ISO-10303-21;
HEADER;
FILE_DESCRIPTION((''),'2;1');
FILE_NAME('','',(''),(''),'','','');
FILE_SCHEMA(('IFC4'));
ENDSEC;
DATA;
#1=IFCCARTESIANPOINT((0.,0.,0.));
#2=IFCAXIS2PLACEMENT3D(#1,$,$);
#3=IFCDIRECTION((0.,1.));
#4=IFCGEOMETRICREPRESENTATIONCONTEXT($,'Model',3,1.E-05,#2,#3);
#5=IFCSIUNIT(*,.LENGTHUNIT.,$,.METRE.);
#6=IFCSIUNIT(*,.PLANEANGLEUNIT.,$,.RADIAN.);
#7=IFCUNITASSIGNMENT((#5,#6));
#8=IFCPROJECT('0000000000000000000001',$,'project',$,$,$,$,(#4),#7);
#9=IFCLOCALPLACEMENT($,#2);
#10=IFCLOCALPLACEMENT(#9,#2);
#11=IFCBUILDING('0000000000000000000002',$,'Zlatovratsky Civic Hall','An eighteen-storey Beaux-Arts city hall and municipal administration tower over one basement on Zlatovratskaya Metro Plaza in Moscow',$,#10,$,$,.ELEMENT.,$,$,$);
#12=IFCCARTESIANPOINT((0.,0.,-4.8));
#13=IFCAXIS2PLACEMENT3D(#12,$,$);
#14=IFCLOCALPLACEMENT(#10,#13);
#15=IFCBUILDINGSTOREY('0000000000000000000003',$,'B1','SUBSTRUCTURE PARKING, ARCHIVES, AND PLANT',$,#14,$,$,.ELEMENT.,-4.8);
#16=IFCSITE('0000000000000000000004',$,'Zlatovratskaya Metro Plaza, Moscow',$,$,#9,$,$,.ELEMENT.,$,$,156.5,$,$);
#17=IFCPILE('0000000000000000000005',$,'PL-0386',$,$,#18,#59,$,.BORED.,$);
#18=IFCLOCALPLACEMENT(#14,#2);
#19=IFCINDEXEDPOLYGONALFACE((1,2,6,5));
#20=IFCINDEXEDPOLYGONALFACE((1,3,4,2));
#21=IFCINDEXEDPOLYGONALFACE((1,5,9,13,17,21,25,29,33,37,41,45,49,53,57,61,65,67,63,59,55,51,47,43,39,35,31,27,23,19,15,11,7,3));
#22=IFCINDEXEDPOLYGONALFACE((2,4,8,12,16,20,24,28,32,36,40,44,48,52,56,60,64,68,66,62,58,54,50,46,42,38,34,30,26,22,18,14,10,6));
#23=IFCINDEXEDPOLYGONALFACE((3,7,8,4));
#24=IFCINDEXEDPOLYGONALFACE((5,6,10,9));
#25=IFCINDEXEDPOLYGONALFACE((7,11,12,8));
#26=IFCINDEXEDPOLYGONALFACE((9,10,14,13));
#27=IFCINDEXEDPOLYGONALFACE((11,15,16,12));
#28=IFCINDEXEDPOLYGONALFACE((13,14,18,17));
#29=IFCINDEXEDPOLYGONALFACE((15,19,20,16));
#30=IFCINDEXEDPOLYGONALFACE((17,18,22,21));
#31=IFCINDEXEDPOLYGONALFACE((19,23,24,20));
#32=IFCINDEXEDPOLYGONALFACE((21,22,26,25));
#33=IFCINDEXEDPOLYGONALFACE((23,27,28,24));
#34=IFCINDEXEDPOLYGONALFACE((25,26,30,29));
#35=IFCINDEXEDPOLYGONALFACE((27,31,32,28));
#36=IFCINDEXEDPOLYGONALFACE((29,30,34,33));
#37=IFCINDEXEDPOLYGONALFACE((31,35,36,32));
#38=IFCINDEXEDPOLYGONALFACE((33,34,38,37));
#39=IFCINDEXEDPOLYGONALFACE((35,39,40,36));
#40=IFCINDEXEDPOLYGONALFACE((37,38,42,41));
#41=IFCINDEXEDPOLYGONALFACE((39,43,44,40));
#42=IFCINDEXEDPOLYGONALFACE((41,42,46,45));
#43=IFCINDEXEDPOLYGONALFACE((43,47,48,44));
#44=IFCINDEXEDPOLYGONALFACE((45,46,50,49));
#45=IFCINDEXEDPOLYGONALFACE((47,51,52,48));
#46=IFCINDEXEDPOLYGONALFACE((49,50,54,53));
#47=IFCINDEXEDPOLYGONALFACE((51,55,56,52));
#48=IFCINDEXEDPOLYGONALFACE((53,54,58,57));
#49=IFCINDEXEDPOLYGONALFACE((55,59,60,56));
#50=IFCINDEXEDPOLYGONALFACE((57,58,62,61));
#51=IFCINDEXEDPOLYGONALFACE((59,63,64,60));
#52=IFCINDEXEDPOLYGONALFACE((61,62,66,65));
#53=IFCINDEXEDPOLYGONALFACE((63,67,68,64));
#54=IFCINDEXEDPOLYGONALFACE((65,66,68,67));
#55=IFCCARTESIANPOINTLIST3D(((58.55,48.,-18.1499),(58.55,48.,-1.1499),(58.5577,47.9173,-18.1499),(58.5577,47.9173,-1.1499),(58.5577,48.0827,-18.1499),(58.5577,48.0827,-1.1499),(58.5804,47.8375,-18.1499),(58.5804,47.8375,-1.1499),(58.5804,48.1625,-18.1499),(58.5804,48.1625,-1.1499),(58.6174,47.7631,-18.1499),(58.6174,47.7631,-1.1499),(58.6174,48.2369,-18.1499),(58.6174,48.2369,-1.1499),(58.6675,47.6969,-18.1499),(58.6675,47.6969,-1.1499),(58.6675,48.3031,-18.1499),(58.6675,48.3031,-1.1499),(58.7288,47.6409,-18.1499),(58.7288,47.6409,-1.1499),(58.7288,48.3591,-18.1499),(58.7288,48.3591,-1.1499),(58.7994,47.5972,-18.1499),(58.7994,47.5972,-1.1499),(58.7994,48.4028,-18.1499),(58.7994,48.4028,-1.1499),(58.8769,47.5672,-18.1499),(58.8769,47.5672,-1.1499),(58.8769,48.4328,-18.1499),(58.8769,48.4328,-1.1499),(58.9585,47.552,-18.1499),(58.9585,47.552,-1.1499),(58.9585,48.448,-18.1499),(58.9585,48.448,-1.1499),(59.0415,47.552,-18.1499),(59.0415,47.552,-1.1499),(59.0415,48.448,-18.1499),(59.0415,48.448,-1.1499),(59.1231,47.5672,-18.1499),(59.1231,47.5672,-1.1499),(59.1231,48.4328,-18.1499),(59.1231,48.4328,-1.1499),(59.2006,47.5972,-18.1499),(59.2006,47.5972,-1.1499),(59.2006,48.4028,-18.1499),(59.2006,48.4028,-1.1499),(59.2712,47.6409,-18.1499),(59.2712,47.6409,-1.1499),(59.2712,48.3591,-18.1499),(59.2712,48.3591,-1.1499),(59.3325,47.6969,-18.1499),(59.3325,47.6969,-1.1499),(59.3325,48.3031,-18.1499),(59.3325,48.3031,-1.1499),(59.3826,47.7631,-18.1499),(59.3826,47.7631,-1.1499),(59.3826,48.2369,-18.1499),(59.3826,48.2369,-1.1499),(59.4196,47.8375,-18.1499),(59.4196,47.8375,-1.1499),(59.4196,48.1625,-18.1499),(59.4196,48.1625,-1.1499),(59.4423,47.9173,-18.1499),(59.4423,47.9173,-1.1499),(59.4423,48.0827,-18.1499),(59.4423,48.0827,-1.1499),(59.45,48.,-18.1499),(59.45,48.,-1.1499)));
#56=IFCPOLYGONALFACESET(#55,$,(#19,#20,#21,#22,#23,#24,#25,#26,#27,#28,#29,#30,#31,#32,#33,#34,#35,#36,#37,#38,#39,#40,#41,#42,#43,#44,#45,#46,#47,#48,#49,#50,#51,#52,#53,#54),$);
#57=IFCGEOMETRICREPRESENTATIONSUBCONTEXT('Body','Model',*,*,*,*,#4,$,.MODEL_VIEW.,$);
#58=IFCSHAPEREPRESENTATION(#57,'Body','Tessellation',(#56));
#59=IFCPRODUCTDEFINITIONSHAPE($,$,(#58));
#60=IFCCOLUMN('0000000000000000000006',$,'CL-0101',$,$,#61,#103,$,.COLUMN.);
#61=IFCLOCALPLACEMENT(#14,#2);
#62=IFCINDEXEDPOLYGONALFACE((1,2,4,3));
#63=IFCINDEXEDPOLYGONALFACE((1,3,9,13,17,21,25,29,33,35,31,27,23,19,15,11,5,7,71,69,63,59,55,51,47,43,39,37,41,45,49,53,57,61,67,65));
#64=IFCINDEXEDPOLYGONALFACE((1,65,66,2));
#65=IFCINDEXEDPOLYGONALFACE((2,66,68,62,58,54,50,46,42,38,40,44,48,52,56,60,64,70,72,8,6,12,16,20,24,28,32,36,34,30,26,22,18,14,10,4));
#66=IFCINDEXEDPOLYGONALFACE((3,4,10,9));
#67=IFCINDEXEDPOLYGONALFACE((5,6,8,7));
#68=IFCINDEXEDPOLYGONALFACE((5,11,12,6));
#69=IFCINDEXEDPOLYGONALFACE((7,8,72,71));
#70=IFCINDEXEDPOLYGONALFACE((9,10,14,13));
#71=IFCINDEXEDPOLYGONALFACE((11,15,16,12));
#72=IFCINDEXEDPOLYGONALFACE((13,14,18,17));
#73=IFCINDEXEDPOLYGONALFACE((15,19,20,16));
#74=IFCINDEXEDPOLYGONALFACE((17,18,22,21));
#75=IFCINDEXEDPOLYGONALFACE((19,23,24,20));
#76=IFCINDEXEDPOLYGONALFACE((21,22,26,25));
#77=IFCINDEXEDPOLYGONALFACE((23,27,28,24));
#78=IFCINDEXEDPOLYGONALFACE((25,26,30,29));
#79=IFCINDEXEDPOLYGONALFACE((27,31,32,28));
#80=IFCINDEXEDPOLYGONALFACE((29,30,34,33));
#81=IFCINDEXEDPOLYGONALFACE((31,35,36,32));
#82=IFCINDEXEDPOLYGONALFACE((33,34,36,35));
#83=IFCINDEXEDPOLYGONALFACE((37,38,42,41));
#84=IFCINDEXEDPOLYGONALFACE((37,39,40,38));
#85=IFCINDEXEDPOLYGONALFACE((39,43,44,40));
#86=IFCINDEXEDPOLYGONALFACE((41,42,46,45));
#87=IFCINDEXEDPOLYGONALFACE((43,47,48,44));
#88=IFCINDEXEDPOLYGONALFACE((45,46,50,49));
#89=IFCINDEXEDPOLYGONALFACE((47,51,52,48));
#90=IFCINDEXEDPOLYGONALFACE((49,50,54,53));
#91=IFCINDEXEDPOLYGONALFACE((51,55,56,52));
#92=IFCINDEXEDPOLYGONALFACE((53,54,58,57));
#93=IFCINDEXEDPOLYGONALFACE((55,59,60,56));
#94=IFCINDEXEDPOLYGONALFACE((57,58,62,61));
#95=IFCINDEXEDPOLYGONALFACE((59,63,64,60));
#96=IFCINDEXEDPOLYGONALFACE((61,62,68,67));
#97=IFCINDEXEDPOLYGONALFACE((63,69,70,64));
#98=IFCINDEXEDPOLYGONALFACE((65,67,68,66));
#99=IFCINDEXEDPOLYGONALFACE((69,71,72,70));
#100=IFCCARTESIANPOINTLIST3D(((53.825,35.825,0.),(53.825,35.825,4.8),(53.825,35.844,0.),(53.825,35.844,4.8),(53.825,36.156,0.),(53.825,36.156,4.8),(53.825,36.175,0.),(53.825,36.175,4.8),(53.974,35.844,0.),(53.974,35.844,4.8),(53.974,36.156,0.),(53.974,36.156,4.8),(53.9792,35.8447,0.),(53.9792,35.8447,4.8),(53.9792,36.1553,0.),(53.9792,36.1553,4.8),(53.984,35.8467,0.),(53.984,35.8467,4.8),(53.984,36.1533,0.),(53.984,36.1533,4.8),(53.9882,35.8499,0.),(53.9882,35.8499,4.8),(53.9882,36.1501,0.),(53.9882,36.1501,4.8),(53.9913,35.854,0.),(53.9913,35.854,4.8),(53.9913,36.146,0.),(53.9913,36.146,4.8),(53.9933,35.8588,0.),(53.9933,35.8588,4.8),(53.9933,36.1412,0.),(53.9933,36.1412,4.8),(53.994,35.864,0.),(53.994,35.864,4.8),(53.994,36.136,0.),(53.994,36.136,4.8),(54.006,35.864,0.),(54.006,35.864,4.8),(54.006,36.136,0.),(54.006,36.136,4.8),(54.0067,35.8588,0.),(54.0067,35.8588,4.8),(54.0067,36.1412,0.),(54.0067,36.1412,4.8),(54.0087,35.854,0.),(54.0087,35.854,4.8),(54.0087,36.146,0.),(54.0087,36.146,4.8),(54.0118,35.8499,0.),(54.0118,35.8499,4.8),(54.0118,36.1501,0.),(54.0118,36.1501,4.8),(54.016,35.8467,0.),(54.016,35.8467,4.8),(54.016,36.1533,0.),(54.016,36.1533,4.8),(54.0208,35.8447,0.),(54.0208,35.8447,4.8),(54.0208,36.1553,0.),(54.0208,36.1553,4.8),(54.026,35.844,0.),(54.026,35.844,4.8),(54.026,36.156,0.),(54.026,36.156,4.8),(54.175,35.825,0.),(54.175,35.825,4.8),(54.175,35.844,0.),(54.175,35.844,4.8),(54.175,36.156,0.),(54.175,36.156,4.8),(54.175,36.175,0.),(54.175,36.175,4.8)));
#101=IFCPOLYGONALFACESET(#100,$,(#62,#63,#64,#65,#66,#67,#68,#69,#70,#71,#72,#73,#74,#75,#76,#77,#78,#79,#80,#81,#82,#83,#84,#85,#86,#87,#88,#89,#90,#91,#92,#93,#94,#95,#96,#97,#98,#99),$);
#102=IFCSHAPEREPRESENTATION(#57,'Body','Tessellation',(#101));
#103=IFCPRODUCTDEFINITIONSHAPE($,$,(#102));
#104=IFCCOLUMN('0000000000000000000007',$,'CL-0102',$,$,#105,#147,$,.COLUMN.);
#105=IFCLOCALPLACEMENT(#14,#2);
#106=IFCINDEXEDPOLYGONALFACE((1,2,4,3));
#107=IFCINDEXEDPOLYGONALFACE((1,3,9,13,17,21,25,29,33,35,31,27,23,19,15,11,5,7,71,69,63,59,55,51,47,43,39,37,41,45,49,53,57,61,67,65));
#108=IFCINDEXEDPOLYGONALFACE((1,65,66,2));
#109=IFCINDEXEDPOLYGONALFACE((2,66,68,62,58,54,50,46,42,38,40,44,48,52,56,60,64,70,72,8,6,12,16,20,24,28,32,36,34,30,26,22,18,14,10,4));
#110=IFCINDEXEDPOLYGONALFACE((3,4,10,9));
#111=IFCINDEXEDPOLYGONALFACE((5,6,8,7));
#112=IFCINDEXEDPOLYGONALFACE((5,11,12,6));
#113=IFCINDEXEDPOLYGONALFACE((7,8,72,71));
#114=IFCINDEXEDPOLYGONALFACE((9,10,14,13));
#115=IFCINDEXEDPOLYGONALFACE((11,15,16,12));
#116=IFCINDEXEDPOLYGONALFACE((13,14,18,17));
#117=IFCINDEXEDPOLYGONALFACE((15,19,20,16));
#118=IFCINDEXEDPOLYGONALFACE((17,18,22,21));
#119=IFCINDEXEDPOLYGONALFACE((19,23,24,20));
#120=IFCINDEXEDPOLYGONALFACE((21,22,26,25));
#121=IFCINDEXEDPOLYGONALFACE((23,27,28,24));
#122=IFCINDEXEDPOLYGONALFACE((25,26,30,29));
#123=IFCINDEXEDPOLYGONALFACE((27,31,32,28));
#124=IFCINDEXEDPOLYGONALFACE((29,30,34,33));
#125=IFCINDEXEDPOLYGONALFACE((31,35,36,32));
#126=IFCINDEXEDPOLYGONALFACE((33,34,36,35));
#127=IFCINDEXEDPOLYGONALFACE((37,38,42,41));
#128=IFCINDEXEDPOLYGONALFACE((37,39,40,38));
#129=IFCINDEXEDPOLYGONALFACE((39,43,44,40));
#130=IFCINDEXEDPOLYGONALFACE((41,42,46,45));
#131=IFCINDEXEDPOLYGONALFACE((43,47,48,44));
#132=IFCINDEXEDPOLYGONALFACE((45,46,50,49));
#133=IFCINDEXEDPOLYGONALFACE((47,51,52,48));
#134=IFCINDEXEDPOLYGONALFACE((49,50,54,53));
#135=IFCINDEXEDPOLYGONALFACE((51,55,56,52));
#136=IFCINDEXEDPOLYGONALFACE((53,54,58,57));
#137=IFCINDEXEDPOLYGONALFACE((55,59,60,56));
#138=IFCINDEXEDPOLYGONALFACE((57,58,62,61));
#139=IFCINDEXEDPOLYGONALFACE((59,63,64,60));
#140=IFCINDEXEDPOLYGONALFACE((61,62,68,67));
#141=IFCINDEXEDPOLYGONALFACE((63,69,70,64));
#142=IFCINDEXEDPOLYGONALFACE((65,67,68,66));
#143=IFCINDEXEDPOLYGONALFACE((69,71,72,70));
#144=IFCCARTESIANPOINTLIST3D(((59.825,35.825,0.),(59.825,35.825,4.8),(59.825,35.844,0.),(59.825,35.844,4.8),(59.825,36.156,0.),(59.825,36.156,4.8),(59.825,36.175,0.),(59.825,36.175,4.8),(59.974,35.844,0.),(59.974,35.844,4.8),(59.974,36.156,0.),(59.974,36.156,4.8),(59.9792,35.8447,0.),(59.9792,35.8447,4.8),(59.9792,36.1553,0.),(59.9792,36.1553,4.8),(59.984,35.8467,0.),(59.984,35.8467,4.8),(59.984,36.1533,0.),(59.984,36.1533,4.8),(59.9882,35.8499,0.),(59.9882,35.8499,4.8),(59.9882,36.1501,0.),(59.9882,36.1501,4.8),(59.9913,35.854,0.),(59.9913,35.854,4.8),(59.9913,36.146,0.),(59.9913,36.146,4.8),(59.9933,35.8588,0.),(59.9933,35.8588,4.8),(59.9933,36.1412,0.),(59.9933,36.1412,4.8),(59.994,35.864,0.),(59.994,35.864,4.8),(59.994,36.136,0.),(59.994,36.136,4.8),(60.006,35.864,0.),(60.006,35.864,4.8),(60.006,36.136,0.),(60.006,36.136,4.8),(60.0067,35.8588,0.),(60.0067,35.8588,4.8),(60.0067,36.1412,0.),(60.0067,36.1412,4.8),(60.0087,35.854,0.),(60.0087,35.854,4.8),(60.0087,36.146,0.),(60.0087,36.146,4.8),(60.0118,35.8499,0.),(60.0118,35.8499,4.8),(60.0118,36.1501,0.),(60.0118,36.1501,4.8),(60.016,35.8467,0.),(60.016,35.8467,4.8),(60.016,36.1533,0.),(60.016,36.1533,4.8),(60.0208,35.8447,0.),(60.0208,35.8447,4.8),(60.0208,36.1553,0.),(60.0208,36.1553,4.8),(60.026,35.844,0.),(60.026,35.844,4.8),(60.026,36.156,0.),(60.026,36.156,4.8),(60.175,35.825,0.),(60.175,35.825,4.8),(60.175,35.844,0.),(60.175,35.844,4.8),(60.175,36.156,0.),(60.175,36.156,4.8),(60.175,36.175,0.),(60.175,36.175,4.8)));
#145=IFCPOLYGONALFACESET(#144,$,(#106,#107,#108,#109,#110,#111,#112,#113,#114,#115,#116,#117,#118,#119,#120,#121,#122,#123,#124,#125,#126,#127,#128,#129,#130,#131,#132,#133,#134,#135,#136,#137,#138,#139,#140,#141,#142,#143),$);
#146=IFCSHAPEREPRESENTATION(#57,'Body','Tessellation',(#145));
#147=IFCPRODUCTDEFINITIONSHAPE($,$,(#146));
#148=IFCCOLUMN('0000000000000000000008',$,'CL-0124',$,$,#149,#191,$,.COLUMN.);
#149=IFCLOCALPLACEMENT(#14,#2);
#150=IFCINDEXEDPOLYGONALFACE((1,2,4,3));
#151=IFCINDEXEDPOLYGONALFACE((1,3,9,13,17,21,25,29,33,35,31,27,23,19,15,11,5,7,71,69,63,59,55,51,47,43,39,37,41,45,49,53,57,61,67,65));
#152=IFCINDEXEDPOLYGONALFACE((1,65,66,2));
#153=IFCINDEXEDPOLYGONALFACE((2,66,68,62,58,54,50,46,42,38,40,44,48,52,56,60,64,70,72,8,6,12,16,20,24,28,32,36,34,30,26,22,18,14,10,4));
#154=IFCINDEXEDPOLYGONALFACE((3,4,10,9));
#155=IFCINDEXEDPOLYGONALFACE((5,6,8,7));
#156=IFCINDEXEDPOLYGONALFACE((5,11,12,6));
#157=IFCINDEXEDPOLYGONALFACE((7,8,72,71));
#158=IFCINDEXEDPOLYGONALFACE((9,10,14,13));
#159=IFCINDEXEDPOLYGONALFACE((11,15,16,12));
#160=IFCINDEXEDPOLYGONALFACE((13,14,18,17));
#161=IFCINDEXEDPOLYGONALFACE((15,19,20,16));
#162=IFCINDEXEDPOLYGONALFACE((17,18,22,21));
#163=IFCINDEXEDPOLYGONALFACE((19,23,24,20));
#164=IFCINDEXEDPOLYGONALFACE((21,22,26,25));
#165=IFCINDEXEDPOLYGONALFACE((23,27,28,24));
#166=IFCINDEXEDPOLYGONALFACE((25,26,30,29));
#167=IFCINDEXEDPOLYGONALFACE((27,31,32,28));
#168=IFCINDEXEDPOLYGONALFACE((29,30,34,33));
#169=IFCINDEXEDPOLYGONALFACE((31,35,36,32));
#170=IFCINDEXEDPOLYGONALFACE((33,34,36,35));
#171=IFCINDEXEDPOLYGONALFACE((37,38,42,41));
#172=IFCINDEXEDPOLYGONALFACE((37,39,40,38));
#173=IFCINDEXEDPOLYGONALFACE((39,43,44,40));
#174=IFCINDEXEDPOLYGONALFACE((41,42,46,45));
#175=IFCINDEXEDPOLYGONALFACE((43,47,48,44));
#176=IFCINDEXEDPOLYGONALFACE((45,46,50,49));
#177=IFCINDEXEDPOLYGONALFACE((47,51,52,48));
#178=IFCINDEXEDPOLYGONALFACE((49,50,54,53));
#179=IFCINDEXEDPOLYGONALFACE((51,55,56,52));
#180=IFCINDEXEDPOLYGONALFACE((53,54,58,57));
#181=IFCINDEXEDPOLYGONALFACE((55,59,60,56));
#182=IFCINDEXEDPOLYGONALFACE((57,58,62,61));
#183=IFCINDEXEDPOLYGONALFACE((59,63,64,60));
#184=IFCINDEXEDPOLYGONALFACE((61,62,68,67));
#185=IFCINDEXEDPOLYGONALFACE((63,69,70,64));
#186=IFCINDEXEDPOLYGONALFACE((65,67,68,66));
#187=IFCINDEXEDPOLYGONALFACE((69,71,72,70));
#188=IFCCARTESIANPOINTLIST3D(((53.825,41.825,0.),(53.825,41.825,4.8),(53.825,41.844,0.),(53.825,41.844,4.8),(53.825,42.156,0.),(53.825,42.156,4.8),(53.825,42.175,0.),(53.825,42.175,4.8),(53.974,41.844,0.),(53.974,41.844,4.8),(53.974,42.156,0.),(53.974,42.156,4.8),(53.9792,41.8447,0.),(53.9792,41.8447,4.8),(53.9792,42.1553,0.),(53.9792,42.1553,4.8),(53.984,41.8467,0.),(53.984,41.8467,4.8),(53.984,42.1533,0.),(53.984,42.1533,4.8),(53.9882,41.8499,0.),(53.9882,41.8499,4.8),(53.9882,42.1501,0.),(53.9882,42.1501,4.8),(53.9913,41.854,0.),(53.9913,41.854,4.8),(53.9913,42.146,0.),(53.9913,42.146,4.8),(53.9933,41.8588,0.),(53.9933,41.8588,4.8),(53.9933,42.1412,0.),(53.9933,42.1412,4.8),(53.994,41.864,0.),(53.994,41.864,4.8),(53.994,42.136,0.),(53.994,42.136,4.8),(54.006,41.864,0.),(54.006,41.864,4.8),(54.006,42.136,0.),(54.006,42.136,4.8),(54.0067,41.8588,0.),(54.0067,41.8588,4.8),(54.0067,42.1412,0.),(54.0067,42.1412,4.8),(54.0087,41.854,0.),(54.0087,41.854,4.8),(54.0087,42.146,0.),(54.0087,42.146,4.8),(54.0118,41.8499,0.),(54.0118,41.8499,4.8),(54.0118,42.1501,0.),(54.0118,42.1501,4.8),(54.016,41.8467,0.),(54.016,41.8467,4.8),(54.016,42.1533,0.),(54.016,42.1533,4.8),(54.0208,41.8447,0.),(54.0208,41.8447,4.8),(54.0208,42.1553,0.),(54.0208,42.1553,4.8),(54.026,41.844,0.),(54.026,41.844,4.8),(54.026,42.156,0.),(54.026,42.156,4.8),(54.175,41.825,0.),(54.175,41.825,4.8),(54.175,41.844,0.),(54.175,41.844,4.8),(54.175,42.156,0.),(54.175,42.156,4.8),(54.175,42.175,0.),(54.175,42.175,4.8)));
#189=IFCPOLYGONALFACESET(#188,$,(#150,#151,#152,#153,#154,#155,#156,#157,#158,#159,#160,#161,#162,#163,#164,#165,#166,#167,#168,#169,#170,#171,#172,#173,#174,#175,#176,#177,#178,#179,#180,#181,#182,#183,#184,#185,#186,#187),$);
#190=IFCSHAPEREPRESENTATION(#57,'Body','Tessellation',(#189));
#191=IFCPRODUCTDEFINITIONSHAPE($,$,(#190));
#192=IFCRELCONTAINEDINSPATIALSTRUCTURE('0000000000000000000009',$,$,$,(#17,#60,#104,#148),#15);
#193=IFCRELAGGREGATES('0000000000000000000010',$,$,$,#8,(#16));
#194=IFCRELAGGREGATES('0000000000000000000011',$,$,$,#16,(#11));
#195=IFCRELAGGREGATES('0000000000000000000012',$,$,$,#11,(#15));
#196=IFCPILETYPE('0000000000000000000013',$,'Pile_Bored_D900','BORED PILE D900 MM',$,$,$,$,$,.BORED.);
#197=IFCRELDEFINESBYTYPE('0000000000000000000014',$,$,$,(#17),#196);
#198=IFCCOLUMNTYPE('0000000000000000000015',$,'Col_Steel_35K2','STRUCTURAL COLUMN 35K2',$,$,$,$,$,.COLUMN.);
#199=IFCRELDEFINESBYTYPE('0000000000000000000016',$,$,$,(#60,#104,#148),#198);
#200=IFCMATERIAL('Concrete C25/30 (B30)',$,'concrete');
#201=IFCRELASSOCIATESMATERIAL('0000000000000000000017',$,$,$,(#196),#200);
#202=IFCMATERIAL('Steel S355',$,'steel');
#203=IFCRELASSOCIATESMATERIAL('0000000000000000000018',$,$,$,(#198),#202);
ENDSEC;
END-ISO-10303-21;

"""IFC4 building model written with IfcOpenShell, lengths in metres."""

from ifc_helpers import new_model, si_unit, direction, frame, origin, origin_2d, place, context, subcontext, project, spatial, circle, i_section, extrude, material, material_profile, profile_set, type_object, element, save


model = new_model("IFC4")

# Units and contexts
model_context = context("Model", 3, precision=1e-05, world=origin(), true_north=direction((0.0, 1.0)))
body_context = subcontext(model_context, "Body", "Model", "MODEL_VIEW")
ifc_project = project(units=[si_unit("LENGTHUNIT", "METRE"), si_unit("PLANEANGLEUNIT", "RADIAN")], contexts=[model_context])

# Site, building, storey
site_placement = place(None, origin())
site = spatial("IfcSite", under=ifc_project, at=site_placement, Name="Zlatovratskaya Metro Plaza, Moscow", CompositionType="ELEMENT", RefElevation=156.5)
building_placement = place(site_placement, origin())
building = spatial("IfcBuilding", under=site, at=building_placement, Name="Zlatovratsky Civic Hall", Description="An eighteen-storey Beaux-Arts city hall and municipal administration tower over one basement on Zlatovratskaya Metro Plaza in Moscow", CompositionType="ELEMENT")
storey_placement = place(building_placement, frame((0.0, 0.0, -4.8)))
storey = spatial("IfcBuildingStorey", under=building, at=storey_placement, Name="B1", Description="SUBSTRUCTURE PARKING, ARCHIVES, AND PLANT", CompositionType="ELEMENT", Elevation=-4.8)

# Shared definitions
ifc_material_1 = material(Name="Concrete C25/30 (B30)", Category="concrete")

# Pile
ifc_material_profile_1 = material_profile(ifc_material_1, circle(Radius=0.45, at=origin_2d()), Name="PILE D900")
ifc_profile_set_1 = profile_set([ifc_material_profile_1], Name="Concrete C25/30 (B30)")
pile_type_1 = type_object("IfcPileType", Name="Pile_Bored_D900", Description="BORED PILE D900 MM", PredefinedType="BORED", material=ifc_profile_set_1)
for number, where, z_axis, x_axis, name in (
    (1, (59.0, 48.0, -1.1499), (0.0, 0.0, -1.0), (1.0, 0.0, 0.0), "PL-0386"),
):
    element("IfcPile", number, at=place(storey_placement, frame(where, z_axis=z_axis, x_axis=x_axis)), inside=storey, type_object=pile_type_1, Name=name, PredefinedType="BORED", context=body_context, shape_type="SweptSolid", body=[
        extrude(circle(Radius=0.45, at=origin_2d()), origin(), (0.0, 0.0, 1.0), 17.0),
    ])

# Columns
ifc_material_2 = material(Name="Steel S355", Category="steel")
ifc_material_profile_2 = material_profile(ifc_material_2, i_section(OverallWidth=0.3501, OverallDepth=0.3501, WebThickness=0.012, FlangeThickness=0.019, FilletRadius=0.02, at=origin_2d()), Name="35K2")
ifc_profile_set_2 = profile_set([ifc_material_profile_2], Name="Steel S355")
column_type = type_object("IfcColumnType", Name="Col_Steel_35K2", Description="STRUCTURAL COLUMN 35K2", PredefinedType="COLUMN", material=ifc_profile_set_2)
for number, where, z_axis, x_axis, name in (
    (2, (54.0, 36.0, 0.0), (0.0, 0.0, 1.0), (1.0, 0.0, 0.0), "CL-0101"),
    (3, (60.0, 36.0, 0.0), (0.0, 0.0, 1.0), (1.0, 0.0, 0.0), "CL-0102"),
    (4, (54.0, 42.0, 0.0), (0.0, 0.0, 1.0), (1.0, 0.0, 0.0), "CL-0124"),
):
    element("IfcColumn", number, at=place(storey_placement, frame(where, z_axis=z_axis, x_axis=x_axis)), inside=storey, type_object=column_type, Name=name, PredefinedType="COLUMN", context=body_context, shape_type="SweptSolid", body=[
        extrude(i_section(OverallWidth=0.3501, OverallDepth=0.3501, WebThickness=0.012, FlangeThickness=0.019, FilletRadius=0.02, at=origin_2d()), origin(), (0.0, 0.0, 1.0), 4.8),
    ])

save(model, "model.ifc")
